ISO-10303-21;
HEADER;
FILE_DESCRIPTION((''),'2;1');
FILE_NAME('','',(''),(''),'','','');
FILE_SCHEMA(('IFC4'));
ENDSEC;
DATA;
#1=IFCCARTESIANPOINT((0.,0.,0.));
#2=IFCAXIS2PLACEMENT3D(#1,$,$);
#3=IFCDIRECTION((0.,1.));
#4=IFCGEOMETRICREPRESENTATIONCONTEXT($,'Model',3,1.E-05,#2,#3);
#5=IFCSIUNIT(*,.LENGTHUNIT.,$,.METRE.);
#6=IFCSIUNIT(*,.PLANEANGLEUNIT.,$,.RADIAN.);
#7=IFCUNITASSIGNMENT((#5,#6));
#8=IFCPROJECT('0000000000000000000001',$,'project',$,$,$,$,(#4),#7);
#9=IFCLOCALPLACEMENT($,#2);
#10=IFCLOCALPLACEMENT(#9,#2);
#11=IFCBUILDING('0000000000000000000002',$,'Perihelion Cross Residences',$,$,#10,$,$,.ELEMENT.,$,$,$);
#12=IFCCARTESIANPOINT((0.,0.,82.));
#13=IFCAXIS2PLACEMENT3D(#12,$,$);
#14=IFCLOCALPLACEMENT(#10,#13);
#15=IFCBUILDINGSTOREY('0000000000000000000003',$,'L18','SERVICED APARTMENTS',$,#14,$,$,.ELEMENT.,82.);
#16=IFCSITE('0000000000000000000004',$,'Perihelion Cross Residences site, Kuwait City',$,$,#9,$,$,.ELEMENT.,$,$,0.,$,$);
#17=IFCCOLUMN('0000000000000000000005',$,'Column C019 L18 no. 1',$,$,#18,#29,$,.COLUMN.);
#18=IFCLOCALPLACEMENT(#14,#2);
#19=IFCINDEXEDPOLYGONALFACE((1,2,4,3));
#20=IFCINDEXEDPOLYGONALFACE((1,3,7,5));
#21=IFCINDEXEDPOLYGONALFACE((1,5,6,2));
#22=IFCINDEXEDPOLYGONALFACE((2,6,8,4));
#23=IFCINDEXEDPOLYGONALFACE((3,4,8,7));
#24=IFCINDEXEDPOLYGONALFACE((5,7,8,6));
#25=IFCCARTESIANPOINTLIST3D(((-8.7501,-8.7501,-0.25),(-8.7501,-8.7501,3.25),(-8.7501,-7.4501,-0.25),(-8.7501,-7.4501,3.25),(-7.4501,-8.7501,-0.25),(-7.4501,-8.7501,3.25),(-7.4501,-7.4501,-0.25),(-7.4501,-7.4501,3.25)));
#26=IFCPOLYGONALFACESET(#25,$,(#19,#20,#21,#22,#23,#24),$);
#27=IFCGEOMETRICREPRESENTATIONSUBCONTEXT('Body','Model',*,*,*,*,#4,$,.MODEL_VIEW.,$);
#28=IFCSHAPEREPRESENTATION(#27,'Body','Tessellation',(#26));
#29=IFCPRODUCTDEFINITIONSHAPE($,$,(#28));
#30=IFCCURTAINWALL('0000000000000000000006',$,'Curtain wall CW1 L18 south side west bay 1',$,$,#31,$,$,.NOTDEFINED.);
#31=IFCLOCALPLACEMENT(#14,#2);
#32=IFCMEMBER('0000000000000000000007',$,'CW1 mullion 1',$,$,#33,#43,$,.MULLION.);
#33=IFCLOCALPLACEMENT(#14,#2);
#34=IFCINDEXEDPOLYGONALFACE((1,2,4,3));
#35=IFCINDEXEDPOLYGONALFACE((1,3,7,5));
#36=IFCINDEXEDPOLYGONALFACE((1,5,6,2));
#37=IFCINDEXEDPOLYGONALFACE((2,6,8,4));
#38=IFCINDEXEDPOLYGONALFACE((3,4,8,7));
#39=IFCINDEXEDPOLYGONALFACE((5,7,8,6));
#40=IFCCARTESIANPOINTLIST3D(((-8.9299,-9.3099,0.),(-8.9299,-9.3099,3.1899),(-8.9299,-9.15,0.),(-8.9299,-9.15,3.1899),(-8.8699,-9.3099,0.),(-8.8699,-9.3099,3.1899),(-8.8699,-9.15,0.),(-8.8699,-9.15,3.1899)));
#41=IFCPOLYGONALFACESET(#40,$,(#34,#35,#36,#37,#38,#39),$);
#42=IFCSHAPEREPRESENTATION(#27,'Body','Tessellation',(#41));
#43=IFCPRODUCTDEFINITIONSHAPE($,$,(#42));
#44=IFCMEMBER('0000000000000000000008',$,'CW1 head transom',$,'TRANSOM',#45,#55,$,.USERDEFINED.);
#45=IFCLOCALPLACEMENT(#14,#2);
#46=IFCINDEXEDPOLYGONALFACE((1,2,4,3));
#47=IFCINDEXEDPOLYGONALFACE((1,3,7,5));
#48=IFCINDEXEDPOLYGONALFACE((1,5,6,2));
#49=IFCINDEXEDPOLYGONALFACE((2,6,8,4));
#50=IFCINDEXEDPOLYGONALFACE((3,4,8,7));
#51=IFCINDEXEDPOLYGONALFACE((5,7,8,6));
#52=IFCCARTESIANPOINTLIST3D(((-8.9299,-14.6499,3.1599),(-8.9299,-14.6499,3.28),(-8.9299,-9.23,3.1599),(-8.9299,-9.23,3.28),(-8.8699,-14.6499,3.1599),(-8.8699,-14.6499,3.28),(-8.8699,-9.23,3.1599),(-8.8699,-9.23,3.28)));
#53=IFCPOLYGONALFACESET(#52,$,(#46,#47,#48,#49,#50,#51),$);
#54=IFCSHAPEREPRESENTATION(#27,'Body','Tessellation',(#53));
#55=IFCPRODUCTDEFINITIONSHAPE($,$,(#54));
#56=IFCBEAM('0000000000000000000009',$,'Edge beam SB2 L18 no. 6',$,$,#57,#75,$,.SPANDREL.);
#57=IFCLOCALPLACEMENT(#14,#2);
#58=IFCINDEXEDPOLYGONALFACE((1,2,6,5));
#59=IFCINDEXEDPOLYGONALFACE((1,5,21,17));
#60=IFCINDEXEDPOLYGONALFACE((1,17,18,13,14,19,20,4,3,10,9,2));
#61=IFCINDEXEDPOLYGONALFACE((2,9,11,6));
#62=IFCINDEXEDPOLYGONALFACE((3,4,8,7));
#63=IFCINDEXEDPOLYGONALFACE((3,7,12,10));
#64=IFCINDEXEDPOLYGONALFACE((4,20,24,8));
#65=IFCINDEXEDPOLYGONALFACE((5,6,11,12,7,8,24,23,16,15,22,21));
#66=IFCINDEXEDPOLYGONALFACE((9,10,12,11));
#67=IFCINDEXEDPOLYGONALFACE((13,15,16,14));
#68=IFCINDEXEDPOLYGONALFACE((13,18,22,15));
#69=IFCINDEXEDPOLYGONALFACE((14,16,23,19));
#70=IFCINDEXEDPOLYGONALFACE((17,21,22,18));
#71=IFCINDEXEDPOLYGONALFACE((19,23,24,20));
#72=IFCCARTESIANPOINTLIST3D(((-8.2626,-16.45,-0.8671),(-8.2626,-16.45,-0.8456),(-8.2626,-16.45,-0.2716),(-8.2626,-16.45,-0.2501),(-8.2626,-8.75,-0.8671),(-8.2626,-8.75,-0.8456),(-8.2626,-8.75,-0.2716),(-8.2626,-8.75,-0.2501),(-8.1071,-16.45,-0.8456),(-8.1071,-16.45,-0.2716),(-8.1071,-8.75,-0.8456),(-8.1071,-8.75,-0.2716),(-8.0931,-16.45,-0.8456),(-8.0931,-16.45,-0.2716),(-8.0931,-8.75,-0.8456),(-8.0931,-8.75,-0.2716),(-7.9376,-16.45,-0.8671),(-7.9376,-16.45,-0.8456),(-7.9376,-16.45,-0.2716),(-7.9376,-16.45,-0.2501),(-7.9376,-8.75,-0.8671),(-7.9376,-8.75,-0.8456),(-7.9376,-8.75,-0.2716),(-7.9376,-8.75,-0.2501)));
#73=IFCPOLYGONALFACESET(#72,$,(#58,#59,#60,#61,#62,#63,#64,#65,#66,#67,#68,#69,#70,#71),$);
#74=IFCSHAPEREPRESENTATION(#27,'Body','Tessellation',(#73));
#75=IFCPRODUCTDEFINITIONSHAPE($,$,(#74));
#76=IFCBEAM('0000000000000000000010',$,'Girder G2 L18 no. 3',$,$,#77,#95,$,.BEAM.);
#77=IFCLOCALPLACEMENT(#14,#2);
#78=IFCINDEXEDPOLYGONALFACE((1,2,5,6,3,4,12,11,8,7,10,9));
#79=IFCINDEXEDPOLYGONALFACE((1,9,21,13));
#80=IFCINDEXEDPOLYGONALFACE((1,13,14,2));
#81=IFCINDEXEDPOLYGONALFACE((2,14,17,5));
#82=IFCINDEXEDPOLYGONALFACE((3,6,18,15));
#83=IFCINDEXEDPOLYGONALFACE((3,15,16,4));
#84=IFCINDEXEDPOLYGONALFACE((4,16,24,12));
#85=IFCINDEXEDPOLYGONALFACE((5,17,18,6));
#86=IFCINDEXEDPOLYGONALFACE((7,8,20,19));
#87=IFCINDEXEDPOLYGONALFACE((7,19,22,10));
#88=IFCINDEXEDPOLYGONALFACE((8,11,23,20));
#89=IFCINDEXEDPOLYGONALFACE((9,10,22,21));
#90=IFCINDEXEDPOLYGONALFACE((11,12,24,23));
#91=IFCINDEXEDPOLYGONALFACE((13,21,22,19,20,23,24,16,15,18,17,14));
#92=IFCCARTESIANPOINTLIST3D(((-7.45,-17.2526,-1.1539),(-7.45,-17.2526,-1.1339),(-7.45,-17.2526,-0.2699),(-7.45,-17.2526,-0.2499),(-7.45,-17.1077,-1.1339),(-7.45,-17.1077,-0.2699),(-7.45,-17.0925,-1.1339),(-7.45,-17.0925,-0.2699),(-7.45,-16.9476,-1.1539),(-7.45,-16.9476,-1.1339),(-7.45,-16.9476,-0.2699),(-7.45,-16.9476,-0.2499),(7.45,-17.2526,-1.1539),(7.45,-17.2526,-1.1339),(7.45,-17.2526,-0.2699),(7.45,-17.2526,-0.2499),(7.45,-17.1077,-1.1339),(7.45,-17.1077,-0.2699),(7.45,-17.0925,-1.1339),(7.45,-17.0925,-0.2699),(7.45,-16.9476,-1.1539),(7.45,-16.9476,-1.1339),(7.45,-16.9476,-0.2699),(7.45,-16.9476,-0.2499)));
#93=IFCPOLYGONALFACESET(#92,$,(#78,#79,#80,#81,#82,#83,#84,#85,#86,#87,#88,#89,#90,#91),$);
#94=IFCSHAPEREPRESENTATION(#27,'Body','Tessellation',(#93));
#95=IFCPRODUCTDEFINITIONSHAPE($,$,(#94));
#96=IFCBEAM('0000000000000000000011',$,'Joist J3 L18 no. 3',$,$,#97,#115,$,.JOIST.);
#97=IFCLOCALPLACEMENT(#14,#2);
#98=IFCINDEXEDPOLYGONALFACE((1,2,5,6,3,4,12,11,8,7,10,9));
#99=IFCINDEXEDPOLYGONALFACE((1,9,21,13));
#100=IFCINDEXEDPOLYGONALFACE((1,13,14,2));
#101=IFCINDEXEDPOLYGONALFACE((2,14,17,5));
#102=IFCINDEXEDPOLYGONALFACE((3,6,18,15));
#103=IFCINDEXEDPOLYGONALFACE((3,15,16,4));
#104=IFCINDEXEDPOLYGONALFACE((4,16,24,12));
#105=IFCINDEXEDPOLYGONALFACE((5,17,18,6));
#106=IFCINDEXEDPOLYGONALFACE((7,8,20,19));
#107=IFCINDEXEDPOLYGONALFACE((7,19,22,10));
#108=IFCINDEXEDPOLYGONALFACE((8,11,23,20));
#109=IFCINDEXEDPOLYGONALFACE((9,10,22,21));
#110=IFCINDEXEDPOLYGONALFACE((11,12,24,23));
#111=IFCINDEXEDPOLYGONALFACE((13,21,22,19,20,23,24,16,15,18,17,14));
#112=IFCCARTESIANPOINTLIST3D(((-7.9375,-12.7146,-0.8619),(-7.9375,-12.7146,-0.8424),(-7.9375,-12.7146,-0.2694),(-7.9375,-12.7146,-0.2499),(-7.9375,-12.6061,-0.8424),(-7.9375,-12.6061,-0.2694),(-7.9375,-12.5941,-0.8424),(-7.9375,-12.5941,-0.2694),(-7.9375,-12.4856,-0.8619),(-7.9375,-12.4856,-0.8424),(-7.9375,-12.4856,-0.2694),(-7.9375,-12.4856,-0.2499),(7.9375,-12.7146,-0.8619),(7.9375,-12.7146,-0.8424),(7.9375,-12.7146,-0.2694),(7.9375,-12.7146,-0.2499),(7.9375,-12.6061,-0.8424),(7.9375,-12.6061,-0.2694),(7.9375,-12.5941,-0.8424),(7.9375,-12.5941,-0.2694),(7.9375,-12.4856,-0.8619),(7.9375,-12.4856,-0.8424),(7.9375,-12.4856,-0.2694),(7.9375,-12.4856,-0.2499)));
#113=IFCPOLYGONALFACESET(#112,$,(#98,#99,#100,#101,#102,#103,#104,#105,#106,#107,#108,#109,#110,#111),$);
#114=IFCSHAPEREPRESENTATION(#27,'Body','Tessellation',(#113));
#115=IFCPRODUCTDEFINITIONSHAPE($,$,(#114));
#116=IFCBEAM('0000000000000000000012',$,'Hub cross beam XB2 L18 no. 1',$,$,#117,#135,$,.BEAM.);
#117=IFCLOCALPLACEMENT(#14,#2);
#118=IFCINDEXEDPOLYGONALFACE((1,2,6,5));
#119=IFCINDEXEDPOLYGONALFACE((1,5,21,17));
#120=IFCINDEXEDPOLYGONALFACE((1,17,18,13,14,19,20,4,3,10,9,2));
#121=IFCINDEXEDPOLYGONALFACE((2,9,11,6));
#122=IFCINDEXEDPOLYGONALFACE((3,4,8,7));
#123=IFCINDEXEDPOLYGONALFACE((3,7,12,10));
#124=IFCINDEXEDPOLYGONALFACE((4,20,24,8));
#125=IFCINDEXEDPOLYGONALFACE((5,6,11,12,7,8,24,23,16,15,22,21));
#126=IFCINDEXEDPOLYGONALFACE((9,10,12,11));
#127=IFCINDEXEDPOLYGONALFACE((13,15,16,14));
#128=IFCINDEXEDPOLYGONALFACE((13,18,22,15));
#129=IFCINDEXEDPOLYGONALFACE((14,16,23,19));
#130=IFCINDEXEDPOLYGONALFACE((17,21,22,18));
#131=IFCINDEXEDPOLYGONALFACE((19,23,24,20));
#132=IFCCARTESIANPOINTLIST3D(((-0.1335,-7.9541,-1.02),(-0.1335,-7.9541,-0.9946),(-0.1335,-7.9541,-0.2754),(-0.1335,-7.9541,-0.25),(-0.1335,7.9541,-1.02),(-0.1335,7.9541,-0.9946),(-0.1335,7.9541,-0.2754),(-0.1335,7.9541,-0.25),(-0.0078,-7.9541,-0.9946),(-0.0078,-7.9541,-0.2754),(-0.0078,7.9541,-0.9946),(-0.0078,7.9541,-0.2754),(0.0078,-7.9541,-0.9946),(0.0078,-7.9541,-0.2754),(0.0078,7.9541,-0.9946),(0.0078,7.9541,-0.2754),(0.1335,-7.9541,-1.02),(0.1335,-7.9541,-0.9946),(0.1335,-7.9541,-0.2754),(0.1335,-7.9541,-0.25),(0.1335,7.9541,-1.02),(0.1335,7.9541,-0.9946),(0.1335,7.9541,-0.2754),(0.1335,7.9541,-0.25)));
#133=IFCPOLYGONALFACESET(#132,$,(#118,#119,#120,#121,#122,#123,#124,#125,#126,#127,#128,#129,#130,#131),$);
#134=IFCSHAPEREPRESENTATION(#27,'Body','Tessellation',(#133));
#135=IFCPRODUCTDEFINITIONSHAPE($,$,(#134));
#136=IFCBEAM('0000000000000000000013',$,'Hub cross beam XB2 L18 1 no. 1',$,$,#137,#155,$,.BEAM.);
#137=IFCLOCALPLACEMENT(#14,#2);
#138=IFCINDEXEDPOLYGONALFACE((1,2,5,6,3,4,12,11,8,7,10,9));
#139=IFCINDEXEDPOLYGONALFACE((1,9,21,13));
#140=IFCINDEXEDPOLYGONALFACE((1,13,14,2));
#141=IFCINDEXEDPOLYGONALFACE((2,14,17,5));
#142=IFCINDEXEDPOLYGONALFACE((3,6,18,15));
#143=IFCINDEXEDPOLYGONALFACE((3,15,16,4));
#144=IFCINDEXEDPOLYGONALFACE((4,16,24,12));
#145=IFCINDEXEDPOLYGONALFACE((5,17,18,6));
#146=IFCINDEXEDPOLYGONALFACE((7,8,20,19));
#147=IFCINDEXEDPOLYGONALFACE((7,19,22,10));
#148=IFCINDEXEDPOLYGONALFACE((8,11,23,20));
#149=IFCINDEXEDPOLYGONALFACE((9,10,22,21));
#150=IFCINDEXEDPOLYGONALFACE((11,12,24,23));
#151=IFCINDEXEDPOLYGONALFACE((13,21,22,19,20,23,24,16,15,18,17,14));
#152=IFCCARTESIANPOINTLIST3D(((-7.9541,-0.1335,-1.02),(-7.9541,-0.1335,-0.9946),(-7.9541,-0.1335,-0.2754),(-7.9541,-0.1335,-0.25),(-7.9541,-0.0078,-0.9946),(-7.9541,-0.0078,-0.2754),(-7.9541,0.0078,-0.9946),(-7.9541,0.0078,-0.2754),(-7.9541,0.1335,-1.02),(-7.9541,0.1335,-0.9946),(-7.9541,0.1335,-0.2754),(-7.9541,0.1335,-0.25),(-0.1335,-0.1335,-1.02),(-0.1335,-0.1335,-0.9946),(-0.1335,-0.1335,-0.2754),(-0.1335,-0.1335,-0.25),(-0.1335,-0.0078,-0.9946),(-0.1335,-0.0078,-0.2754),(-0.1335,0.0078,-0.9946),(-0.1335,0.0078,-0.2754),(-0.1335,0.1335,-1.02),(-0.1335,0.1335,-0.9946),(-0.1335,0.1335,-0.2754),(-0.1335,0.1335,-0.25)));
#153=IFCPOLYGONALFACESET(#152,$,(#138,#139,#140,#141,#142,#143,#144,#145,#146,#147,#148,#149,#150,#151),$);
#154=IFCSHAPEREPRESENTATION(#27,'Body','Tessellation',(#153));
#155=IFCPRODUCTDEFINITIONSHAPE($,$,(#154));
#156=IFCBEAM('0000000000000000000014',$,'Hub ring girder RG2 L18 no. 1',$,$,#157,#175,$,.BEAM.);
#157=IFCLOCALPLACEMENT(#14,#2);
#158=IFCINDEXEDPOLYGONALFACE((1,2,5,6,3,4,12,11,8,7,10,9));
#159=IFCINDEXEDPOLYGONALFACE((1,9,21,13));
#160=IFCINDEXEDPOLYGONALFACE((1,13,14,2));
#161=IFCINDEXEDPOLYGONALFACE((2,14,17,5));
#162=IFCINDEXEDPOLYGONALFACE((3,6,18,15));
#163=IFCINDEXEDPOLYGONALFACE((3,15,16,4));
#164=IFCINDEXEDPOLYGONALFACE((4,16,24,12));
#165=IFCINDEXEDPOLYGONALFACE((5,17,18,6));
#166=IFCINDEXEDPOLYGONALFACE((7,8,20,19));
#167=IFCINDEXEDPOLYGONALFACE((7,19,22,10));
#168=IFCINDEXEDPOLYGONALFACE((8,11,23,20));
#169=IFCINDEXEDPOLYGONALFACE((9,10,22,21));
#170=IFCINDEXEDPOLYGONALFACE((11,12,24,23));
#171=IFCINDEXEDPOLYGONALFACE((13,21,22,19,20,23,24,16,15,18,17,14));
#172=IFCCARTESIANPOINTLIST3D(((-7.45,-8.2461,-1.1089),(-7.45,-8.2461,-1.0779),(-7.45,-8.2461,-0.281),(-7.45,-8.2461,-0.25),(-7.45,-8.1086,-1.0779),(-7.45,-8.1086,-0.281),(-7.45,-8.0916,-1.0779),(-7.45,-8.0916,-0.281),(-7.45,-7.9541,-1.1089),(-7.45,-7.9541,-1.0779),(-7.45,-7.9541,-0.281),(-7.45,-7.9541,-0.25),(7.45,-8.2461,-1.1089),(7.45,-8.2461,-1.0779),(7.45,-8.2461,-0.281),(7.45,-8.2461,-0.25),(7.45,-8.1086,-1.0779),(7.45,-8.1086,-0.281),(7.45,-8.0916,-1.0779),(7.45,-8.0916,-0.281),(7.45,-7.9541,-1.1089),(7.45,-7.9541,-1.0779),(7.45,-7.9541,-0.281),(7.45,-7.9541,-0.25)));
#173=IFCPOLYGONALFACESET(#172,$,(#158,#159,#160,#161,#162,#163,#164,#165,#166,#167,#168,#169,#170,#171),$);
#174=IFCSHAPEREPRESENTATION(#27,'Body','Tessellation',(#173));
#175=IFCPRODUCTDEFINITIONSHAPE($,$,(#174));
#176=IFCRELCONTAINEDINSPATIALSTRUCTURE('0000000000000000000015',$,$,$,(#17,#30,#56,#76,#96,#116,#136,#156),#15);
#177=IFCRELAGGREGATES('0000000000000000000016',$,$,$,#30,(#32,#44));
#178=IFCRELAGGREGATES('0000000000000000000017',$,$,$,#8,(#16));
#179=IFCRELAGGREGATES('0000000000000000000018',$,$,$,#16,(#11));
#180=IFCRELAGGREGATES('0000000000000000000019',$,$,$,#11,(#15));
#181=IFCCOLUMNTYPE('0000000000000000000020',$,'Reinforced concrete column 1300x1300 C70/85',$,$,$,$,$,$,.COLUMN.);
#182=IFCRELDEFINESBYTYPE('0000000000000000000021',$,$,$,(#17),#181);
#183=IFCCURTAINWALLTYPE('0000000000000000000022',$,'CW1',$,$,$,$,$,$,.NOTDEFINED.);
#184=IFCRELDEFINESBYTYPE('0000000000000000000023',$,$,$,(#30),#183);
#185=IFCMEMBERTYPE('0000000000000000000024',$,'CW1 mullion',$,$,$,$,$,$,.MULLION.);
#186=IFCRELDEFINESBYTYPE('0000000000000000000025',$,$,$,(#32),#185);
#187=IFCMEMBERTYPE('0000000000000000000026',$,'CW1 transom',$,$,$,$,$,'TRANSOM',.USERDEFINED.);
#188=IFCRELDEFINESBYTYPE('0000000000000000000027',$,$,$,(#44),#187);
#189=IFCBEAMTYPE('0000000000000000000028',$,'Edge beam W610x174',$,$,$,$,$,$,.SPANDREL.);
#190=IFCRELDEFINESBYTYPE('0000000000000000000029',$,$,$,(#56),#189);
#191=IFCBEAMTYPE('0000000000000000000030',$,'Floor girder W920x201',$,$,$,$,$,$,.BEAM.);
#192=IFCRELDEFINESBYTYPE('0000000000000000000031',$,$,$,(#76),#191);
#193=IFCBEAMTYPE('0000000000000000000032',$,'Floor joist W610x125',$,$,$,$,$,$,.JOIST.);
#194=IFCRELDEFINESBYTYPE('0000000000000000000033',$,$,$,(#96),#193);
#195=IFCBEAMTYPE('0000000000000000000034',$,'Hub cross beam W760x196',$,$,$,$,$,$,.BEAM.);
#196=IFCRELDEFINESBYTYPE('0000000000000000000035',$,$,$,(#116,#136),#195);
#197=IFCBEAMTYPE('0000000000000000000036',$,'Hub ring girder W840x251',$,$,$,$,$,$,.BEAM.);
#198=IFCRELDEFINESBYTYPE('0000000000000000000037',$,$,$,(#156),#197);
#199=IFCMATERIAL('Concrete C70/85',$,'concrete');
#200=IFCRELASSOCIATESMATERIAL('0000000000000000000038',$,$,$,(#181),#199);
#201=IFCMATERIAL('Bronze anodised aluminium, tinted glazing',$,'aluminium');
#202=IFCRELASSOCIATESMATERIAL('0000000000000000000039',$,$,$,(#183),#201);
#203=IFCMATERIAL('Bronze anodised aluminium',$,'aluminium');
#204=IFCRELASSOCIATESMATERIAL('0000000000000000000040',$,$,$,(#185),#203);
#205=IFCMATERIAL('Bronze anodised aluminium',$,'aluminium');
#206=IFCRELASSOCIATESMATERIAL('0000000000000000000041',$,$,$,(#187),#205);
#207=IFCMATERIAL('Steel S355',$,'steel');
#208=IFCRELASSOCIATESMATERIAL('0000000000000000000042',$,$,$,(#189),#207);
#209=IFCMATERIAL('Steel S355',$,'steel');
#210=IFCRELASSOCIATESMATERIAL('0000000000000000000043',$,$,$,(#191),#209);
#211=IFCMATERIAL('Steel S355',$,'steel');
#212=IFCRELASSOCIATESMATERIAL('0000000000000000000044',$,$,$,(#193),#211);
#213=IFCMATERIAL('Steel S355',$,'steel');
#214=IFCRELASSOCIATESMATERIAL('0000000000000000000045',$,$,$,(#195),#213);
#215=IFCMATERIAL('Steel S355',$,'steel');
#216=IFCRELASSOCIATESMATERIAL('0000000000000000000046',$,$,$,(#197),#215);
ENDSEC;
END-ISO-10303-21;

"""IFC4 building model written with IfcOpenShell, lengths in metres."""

from ifc_helpers import new_model, si_unit, direction, frame, origin, origin_2d, place, context, subcontext, project, spatial, rectangle, i_section, extrude, material, material_profile, profile_set, type_object, element, aggregate, save


model = new_model("IFC4")

# Units and contexts
model_context = context("Model", 3, precision=1e-05, world=origin(), true_north=direction((0.0, 1.0)))
body_context = subcontext(model_context, "Body", "Model", "MODEL_VIEW")
ifc_project = project(units=[si_unit("LENGTHUNIT", "METRE"), si_unit("PLANEANGLEUNIT", "RADIAN")], contexts=[model_context])

# Site, building, storey
site_placement = place(None, origin())
site = spatial("IfcSite", under=ifc_project, at=site_placement, Name="Perihelion Cross Residences site, Kuwait City", CompositionType="ELEMENT", RefElevation=0.0)
building_placement = place(site_placement, origin())
building = spatial("IfcBuilding", under=site, at=building_placement, Name="Perihelion Cross Residences", CompositionType="ELEMENT")
storey_placement = place(building_placement, frame((0.0, 0.0, 82.0)))
storey = spatial("IfcBuildingStorey", under=building, at=storey_placement, Name="L18", Description="SERVICED APARTMENTS", CompositionType="ELEMENT", Elevation=82.0)

# Column
ifc_material_1 = material(Name="Concrete C70/85", Category="concrete")
ifc_material_profile_1 = material_profile(ifc_material_1, rectangle(XDim=1.3, YDim=1.3, at=origin_2d()), Name="RC 1300x1300")
ifc_profile_set_1 = profile_set([ifc_material_profile_1], Name="Concrete C70/85")
column_type = type_object("IfcColumnType", Name="Reinforced concrete column 1300x1300 C70/85", PredefinedType="COLUMN", material=ifc_profile_set_1)
column_placement = place(storey_placement, frame((-8.1001, -8.1001, -0.25), z_axis=(0.0, 0.0, 1.0), x_axis=(1.0, 0.0, 0.0)))
element("IfcColumn", 1, at=column_placement, inside=storey, type_object=column_type, Name="Column C019 L18 no. 1", PredefinedType="COLUMN", context=body_context, shape_type="SweptSolid", body=[
    extrude(rectangle(XDim=1.3, YDim=1.3, at=origin_2d()), origin(), (0.0, 0.0, 1.0), 3.5),
])

# Curtain wall, members
ifc_material_2 = material(Name="Bronze anodised aluminium, tinted glazing", Category="aluminium")
curtain_wall_type = type_object("IfcCurtainWallType", Name="CW1", PredefinedType="NOTDEFINED", material=ifc_material_2)
curtain_wall_placement = place(storey_placement, origin())
curtain_wall = element("IfcCurtainWall", 2, at=curtain_wall_placement, inside=storey, type_object=curtain_wall_type, Name="Curtain wall CW1 L18 south side west bay 1", PredefinedType="NOTDEFINED")
ifc_material_3 = material(Name="Bronze anodised aluminium", Category="aluminium")
ifc_material_profile_2 = material_profile(ifc_material_3, rectangle(XDim=0.0601, YDim=0.1599, at=origin_2d()), Name="CW1 mullion")
ifc_profile_set_2 = profile_set([ifc_material_profile_2], Name="Bronze anodised aluminium")
member_type_1 = type_object("IfcMemberType", Name="CW1 mullion", PredefinedType="MULLION", material=ifc_profile_set_2)
member_1_placement = place(storey_placement, frame((-8.8999, -9.23, 0.0), z_axis=(0.0, 0.0, 1.0), x_axis=(1.0, 0.0, 0.0)))
member_1 = element("IfcMember", 3, at=member_1_placement, type_object=member_type_1, Name="CW1 mullion 1", PredefinedType="MULLION", context=body_context, shape_type="SweptSolid", body=[
    extrude(rectangle(XDim=0.0601, YDim=0.1599, at=origin_2d()), origin(), (0.0, 0.0, 1.0), 3.1899),
])
ifc_material_4 = material(Name="Bronze anodised aluminium", Category="aluminium")
ifc_material_profile_3 = material_profile(ifc_material_4, rectangle(XDim=0.0601, YDim=0.1201, at=origin_2d()), Name="CW1 transom")
ifc_profile_set_3 = profile_set([ifc_material_profile_3], Name="Bronze anodised aluminium")
member_type_2 = type_object("IfcMemberType", Name="CW1 transom", ElementType="TRANSOM", PredefinedType="USERDEFINED", material=ifc_profile_set_3)
member_2_placement = place(storey_placement, frame((-8.8999, -9.23, 3.22), z_axis=(0.0, -1.0, 0.0), x_axis=(1.0, 0.0, 0.0)))
member_2 = element("IfcMember", 4, at=member_2_placement, type_object=member_type_2, Name="CW1 head transom", ObjectType="TRANSOM", PredefinedType="USERDEFINED", context=body_context, shape_type="SweptSolid", body=[
    extrude(rectangle(XDim=0.0601, YDim=0.1201, at=origin_2d()), origin(), (0.0, 0.0, 1.0), 5.4199),
])

# Beams
ifc_material_5 = material(Name="Steel S355", Category="steel")
ifc_material_profile_4 = material_profile(ifc_material_5, i_section(OverallWidth=0.325, OverallDepth=0.6169, WebThickness=0.0139, FlangeThickness=0.0215, at=origin_2d()), Name="W610x174")
ifc_profile_set_4 = profile_set([ifc_material_profile_4], Name="Steel S355")
beam_type_1 = type_object("IfcBeamType", Name="Edge beam W610x174", PredefinedType="SPANDREL", material=ifc_profile_set_4)
beam_1_placement = place(storey_placement, frame((-8.1001, -8.75, -0.5586), z_axis=(0.0, -1.0, 0.0), x_axis=(1.0, 0.0, 0.0)))
element("IfcBeam", 5, at=beam_1_placement, inside=storey, type_object=beam_type_1, Name="Edge beam SB2 L18 no. 6", PredefinedType="SPANDREL", context=body_context, shape_type="SweptSolid", body=[
    extrude(i_section(OverallWidth=0.325, OverallDepth=0.6169, WebThickness=0.0139, FlangeThickness=0.0215, at=origin_2d()), origin(), (0.0, 0.0, 1.0), 7.7),
])
ifc_material_6 = material(Name="Steel S355", Category="steel")
ifc_material_profile_5 = material_profile(ifc_material_6, i_section(OverallWidth=0.3049, OverallDepth=0.9041, WebThickness=0.0151, FlangeThickness=0.02, at=origin_2d()), Name="W920x201")
ifc_profile_set_5 = profile_set([ifc_material_profile_5], Name="Steel S355")
beam_type_2 = type_object("IfcBeamType", Name="Floor girder W920x201", PredefinedType="BEAM", material=ifc_profile_set_5)
beam_2_placement = place(storey_placement, frame((-7.45, -17.1001, -0.7019), z_axis=(1.0, 0.0, 0.0), x_axis=(0.0, 1.0, 0.0)))
element("IfcBeam", 6, at=beam_2_placement, inside=storey, type_object=beam_type_2, Name="Girder G2 L18 no. 3", PredefinedType="BEAM", context=body_context, shape_type="SweptSolid", body=[
    extrude(i_section(OverallWidth=0.3049, OverallDepth=0.9041, WebThickness=0.0151, FlangeThickness=0.02, at=origin_2d()), origin(), (0.0, 0.0, 1.0), 14.8999),
])
ifc_material_7 = material(Name="Steel S355", Category="steel")
ifc_material_profile_6 = material_profile(ifc_material_7, i_section(OverallWidth=0.229, OverallDepth=0.6121, WebThickness=0.012, FlangeThickness=0.0195, at=origin_2d()), Name="W610x125")
ifc_profile_set_6 = profile_set([ifc_material_profile_6], Name="Steel S355")
beam_type_3 = type_object("IfcBeamType", Name="Floor joist W610x125", PredefinedType="JOIST", material=ifc_profile_set_6)
beam_3_placement = place(storey_placement, frame((-7.9375, -12.6001, -0.5559), z_axis=(1.0, 0.0, 0.0), x_axis=(0.0, 1.0, 0.0)))
element("IfcBeam", 7, at=beam_3_placement, inside=storey, type_object=beam_type_3, Name="Joist J3 L18 no. 3", PredefinedType="JOIST", context=body_context, shape_type="SweptSolid", body=[
    extrude(i_section(OverallWidth=0.229, OverallDepth=0.6121, WebThickness=0.012, FlangeThickness=0.0195, at=origin_2d()), origin(), (0.0, 0.0, 1.0), 15.875),
])
ifc_material_8 = material(Name="Steel S355", Category="steel")
ifc_material_profile_7 = material_profile(ifc_material_8, i_section(OverallWidth=0.2671, OverallDepth=0.77, WebThickness=0.0156, FlangeThickness=0.0254, at=origin_2d()), Name="W760x196")
ifc_profile_set_7 = profile_set([ifc_material_profile_7], Name="Steel S355")
beam_type_4 = type_object("IfcBeamType", Name="Hub cross beam W760x196", PredefinedType="BEAM", material=ifc_profile_set_7)
beam_4_placement = place(storey_placement, frame((0.0, -7.9541, -0.635), z_axis=(0.0, 1.0, 0.0), x_axis=(-1.0, 0.0, 0.0)))
element("IfcBeam", 8, at=beam_4_placement, inside=storey, type_object=beam_type_4, Name="Hub cross beam XB2 L18 no. 1", PredefinedType="BEAM", context=body_context, shape_type="SweptSolid", body=[
    extrude(i_section(OverallWidth=0.2671, OverallDepth=0.77, WebThickness=0.0156, FlangeThickness=0.0254, at=origin_2d()), origin(), (0.0, 0.0, 1.0), 15.9082),
])
beam_5_placement = place(storey_placement, frame((-7.9541, 0.0, -0.635), z_axis=(1.0, 0.0, 0.0), x_axis=(0.0, 1.0, 0.0)))
element("IfcBeam", 9, at=beam_5_placement, inside=storey, type_object=beam_type_4, Name="Hub cross beam XB2 L18 1 no. 1", PredefinedType="BEAM", context=body_context, shape_type="SweptSolid", body=[
    extrude(i_section(OverallWidth=0.2671, OverallDepth=0.77, WebThickness=0.0156, FlangeThickness=0.0254, at=origin_2d()), origin(), (0.0, 0.0, 1.0), 7.8206),
])
ifc_material_9 = material(Name="Steel S355", Category="steel")
ifc_material_profile_8 = material_profile(ifc_material_9, i_section(OverallWidth=0.292, OverallDepth=0.8589, WebThickness=0.0171, FlangeThickness=0.031, at=origin_2d()), Name="W840x251")
ifc_profile_set_8 = profile_set([ifc_material_profile_8], Name="Steel S355")
beam_type_5 = type_object("IfcBeamType", Name="Hub ring girder W840x251", PredefinedType="BEAM", material=ifc_profile_set_8)
beam_6_placement = place(storey_placement, frame((-7.45, -8.1001, -0.6794), z_axis=(1.0, 0.0, 0.0), x_axis=(0.0, 1.0, 0.0)))
element("IfcBeam", 10, at=beam_6_placement, inside=storey, type_object=beam_type_5, Name="Hub ring girder RG2 L18 no. 1", PredefinedType="BEAM", context=body_context, shape_type="SweptSolid", body=[
    extrude(i_section(OverallWidth=0.292, OverallDepth=0.8589, WebThickness=0.0171, FlangeThickness=0.031, at=origin_2d()), origin(), (0.0, 0.0, 1.0), 14.8999),
])

aggregate(curtain_wall, [member_1, member_2])

save(model, "model.ifc")
